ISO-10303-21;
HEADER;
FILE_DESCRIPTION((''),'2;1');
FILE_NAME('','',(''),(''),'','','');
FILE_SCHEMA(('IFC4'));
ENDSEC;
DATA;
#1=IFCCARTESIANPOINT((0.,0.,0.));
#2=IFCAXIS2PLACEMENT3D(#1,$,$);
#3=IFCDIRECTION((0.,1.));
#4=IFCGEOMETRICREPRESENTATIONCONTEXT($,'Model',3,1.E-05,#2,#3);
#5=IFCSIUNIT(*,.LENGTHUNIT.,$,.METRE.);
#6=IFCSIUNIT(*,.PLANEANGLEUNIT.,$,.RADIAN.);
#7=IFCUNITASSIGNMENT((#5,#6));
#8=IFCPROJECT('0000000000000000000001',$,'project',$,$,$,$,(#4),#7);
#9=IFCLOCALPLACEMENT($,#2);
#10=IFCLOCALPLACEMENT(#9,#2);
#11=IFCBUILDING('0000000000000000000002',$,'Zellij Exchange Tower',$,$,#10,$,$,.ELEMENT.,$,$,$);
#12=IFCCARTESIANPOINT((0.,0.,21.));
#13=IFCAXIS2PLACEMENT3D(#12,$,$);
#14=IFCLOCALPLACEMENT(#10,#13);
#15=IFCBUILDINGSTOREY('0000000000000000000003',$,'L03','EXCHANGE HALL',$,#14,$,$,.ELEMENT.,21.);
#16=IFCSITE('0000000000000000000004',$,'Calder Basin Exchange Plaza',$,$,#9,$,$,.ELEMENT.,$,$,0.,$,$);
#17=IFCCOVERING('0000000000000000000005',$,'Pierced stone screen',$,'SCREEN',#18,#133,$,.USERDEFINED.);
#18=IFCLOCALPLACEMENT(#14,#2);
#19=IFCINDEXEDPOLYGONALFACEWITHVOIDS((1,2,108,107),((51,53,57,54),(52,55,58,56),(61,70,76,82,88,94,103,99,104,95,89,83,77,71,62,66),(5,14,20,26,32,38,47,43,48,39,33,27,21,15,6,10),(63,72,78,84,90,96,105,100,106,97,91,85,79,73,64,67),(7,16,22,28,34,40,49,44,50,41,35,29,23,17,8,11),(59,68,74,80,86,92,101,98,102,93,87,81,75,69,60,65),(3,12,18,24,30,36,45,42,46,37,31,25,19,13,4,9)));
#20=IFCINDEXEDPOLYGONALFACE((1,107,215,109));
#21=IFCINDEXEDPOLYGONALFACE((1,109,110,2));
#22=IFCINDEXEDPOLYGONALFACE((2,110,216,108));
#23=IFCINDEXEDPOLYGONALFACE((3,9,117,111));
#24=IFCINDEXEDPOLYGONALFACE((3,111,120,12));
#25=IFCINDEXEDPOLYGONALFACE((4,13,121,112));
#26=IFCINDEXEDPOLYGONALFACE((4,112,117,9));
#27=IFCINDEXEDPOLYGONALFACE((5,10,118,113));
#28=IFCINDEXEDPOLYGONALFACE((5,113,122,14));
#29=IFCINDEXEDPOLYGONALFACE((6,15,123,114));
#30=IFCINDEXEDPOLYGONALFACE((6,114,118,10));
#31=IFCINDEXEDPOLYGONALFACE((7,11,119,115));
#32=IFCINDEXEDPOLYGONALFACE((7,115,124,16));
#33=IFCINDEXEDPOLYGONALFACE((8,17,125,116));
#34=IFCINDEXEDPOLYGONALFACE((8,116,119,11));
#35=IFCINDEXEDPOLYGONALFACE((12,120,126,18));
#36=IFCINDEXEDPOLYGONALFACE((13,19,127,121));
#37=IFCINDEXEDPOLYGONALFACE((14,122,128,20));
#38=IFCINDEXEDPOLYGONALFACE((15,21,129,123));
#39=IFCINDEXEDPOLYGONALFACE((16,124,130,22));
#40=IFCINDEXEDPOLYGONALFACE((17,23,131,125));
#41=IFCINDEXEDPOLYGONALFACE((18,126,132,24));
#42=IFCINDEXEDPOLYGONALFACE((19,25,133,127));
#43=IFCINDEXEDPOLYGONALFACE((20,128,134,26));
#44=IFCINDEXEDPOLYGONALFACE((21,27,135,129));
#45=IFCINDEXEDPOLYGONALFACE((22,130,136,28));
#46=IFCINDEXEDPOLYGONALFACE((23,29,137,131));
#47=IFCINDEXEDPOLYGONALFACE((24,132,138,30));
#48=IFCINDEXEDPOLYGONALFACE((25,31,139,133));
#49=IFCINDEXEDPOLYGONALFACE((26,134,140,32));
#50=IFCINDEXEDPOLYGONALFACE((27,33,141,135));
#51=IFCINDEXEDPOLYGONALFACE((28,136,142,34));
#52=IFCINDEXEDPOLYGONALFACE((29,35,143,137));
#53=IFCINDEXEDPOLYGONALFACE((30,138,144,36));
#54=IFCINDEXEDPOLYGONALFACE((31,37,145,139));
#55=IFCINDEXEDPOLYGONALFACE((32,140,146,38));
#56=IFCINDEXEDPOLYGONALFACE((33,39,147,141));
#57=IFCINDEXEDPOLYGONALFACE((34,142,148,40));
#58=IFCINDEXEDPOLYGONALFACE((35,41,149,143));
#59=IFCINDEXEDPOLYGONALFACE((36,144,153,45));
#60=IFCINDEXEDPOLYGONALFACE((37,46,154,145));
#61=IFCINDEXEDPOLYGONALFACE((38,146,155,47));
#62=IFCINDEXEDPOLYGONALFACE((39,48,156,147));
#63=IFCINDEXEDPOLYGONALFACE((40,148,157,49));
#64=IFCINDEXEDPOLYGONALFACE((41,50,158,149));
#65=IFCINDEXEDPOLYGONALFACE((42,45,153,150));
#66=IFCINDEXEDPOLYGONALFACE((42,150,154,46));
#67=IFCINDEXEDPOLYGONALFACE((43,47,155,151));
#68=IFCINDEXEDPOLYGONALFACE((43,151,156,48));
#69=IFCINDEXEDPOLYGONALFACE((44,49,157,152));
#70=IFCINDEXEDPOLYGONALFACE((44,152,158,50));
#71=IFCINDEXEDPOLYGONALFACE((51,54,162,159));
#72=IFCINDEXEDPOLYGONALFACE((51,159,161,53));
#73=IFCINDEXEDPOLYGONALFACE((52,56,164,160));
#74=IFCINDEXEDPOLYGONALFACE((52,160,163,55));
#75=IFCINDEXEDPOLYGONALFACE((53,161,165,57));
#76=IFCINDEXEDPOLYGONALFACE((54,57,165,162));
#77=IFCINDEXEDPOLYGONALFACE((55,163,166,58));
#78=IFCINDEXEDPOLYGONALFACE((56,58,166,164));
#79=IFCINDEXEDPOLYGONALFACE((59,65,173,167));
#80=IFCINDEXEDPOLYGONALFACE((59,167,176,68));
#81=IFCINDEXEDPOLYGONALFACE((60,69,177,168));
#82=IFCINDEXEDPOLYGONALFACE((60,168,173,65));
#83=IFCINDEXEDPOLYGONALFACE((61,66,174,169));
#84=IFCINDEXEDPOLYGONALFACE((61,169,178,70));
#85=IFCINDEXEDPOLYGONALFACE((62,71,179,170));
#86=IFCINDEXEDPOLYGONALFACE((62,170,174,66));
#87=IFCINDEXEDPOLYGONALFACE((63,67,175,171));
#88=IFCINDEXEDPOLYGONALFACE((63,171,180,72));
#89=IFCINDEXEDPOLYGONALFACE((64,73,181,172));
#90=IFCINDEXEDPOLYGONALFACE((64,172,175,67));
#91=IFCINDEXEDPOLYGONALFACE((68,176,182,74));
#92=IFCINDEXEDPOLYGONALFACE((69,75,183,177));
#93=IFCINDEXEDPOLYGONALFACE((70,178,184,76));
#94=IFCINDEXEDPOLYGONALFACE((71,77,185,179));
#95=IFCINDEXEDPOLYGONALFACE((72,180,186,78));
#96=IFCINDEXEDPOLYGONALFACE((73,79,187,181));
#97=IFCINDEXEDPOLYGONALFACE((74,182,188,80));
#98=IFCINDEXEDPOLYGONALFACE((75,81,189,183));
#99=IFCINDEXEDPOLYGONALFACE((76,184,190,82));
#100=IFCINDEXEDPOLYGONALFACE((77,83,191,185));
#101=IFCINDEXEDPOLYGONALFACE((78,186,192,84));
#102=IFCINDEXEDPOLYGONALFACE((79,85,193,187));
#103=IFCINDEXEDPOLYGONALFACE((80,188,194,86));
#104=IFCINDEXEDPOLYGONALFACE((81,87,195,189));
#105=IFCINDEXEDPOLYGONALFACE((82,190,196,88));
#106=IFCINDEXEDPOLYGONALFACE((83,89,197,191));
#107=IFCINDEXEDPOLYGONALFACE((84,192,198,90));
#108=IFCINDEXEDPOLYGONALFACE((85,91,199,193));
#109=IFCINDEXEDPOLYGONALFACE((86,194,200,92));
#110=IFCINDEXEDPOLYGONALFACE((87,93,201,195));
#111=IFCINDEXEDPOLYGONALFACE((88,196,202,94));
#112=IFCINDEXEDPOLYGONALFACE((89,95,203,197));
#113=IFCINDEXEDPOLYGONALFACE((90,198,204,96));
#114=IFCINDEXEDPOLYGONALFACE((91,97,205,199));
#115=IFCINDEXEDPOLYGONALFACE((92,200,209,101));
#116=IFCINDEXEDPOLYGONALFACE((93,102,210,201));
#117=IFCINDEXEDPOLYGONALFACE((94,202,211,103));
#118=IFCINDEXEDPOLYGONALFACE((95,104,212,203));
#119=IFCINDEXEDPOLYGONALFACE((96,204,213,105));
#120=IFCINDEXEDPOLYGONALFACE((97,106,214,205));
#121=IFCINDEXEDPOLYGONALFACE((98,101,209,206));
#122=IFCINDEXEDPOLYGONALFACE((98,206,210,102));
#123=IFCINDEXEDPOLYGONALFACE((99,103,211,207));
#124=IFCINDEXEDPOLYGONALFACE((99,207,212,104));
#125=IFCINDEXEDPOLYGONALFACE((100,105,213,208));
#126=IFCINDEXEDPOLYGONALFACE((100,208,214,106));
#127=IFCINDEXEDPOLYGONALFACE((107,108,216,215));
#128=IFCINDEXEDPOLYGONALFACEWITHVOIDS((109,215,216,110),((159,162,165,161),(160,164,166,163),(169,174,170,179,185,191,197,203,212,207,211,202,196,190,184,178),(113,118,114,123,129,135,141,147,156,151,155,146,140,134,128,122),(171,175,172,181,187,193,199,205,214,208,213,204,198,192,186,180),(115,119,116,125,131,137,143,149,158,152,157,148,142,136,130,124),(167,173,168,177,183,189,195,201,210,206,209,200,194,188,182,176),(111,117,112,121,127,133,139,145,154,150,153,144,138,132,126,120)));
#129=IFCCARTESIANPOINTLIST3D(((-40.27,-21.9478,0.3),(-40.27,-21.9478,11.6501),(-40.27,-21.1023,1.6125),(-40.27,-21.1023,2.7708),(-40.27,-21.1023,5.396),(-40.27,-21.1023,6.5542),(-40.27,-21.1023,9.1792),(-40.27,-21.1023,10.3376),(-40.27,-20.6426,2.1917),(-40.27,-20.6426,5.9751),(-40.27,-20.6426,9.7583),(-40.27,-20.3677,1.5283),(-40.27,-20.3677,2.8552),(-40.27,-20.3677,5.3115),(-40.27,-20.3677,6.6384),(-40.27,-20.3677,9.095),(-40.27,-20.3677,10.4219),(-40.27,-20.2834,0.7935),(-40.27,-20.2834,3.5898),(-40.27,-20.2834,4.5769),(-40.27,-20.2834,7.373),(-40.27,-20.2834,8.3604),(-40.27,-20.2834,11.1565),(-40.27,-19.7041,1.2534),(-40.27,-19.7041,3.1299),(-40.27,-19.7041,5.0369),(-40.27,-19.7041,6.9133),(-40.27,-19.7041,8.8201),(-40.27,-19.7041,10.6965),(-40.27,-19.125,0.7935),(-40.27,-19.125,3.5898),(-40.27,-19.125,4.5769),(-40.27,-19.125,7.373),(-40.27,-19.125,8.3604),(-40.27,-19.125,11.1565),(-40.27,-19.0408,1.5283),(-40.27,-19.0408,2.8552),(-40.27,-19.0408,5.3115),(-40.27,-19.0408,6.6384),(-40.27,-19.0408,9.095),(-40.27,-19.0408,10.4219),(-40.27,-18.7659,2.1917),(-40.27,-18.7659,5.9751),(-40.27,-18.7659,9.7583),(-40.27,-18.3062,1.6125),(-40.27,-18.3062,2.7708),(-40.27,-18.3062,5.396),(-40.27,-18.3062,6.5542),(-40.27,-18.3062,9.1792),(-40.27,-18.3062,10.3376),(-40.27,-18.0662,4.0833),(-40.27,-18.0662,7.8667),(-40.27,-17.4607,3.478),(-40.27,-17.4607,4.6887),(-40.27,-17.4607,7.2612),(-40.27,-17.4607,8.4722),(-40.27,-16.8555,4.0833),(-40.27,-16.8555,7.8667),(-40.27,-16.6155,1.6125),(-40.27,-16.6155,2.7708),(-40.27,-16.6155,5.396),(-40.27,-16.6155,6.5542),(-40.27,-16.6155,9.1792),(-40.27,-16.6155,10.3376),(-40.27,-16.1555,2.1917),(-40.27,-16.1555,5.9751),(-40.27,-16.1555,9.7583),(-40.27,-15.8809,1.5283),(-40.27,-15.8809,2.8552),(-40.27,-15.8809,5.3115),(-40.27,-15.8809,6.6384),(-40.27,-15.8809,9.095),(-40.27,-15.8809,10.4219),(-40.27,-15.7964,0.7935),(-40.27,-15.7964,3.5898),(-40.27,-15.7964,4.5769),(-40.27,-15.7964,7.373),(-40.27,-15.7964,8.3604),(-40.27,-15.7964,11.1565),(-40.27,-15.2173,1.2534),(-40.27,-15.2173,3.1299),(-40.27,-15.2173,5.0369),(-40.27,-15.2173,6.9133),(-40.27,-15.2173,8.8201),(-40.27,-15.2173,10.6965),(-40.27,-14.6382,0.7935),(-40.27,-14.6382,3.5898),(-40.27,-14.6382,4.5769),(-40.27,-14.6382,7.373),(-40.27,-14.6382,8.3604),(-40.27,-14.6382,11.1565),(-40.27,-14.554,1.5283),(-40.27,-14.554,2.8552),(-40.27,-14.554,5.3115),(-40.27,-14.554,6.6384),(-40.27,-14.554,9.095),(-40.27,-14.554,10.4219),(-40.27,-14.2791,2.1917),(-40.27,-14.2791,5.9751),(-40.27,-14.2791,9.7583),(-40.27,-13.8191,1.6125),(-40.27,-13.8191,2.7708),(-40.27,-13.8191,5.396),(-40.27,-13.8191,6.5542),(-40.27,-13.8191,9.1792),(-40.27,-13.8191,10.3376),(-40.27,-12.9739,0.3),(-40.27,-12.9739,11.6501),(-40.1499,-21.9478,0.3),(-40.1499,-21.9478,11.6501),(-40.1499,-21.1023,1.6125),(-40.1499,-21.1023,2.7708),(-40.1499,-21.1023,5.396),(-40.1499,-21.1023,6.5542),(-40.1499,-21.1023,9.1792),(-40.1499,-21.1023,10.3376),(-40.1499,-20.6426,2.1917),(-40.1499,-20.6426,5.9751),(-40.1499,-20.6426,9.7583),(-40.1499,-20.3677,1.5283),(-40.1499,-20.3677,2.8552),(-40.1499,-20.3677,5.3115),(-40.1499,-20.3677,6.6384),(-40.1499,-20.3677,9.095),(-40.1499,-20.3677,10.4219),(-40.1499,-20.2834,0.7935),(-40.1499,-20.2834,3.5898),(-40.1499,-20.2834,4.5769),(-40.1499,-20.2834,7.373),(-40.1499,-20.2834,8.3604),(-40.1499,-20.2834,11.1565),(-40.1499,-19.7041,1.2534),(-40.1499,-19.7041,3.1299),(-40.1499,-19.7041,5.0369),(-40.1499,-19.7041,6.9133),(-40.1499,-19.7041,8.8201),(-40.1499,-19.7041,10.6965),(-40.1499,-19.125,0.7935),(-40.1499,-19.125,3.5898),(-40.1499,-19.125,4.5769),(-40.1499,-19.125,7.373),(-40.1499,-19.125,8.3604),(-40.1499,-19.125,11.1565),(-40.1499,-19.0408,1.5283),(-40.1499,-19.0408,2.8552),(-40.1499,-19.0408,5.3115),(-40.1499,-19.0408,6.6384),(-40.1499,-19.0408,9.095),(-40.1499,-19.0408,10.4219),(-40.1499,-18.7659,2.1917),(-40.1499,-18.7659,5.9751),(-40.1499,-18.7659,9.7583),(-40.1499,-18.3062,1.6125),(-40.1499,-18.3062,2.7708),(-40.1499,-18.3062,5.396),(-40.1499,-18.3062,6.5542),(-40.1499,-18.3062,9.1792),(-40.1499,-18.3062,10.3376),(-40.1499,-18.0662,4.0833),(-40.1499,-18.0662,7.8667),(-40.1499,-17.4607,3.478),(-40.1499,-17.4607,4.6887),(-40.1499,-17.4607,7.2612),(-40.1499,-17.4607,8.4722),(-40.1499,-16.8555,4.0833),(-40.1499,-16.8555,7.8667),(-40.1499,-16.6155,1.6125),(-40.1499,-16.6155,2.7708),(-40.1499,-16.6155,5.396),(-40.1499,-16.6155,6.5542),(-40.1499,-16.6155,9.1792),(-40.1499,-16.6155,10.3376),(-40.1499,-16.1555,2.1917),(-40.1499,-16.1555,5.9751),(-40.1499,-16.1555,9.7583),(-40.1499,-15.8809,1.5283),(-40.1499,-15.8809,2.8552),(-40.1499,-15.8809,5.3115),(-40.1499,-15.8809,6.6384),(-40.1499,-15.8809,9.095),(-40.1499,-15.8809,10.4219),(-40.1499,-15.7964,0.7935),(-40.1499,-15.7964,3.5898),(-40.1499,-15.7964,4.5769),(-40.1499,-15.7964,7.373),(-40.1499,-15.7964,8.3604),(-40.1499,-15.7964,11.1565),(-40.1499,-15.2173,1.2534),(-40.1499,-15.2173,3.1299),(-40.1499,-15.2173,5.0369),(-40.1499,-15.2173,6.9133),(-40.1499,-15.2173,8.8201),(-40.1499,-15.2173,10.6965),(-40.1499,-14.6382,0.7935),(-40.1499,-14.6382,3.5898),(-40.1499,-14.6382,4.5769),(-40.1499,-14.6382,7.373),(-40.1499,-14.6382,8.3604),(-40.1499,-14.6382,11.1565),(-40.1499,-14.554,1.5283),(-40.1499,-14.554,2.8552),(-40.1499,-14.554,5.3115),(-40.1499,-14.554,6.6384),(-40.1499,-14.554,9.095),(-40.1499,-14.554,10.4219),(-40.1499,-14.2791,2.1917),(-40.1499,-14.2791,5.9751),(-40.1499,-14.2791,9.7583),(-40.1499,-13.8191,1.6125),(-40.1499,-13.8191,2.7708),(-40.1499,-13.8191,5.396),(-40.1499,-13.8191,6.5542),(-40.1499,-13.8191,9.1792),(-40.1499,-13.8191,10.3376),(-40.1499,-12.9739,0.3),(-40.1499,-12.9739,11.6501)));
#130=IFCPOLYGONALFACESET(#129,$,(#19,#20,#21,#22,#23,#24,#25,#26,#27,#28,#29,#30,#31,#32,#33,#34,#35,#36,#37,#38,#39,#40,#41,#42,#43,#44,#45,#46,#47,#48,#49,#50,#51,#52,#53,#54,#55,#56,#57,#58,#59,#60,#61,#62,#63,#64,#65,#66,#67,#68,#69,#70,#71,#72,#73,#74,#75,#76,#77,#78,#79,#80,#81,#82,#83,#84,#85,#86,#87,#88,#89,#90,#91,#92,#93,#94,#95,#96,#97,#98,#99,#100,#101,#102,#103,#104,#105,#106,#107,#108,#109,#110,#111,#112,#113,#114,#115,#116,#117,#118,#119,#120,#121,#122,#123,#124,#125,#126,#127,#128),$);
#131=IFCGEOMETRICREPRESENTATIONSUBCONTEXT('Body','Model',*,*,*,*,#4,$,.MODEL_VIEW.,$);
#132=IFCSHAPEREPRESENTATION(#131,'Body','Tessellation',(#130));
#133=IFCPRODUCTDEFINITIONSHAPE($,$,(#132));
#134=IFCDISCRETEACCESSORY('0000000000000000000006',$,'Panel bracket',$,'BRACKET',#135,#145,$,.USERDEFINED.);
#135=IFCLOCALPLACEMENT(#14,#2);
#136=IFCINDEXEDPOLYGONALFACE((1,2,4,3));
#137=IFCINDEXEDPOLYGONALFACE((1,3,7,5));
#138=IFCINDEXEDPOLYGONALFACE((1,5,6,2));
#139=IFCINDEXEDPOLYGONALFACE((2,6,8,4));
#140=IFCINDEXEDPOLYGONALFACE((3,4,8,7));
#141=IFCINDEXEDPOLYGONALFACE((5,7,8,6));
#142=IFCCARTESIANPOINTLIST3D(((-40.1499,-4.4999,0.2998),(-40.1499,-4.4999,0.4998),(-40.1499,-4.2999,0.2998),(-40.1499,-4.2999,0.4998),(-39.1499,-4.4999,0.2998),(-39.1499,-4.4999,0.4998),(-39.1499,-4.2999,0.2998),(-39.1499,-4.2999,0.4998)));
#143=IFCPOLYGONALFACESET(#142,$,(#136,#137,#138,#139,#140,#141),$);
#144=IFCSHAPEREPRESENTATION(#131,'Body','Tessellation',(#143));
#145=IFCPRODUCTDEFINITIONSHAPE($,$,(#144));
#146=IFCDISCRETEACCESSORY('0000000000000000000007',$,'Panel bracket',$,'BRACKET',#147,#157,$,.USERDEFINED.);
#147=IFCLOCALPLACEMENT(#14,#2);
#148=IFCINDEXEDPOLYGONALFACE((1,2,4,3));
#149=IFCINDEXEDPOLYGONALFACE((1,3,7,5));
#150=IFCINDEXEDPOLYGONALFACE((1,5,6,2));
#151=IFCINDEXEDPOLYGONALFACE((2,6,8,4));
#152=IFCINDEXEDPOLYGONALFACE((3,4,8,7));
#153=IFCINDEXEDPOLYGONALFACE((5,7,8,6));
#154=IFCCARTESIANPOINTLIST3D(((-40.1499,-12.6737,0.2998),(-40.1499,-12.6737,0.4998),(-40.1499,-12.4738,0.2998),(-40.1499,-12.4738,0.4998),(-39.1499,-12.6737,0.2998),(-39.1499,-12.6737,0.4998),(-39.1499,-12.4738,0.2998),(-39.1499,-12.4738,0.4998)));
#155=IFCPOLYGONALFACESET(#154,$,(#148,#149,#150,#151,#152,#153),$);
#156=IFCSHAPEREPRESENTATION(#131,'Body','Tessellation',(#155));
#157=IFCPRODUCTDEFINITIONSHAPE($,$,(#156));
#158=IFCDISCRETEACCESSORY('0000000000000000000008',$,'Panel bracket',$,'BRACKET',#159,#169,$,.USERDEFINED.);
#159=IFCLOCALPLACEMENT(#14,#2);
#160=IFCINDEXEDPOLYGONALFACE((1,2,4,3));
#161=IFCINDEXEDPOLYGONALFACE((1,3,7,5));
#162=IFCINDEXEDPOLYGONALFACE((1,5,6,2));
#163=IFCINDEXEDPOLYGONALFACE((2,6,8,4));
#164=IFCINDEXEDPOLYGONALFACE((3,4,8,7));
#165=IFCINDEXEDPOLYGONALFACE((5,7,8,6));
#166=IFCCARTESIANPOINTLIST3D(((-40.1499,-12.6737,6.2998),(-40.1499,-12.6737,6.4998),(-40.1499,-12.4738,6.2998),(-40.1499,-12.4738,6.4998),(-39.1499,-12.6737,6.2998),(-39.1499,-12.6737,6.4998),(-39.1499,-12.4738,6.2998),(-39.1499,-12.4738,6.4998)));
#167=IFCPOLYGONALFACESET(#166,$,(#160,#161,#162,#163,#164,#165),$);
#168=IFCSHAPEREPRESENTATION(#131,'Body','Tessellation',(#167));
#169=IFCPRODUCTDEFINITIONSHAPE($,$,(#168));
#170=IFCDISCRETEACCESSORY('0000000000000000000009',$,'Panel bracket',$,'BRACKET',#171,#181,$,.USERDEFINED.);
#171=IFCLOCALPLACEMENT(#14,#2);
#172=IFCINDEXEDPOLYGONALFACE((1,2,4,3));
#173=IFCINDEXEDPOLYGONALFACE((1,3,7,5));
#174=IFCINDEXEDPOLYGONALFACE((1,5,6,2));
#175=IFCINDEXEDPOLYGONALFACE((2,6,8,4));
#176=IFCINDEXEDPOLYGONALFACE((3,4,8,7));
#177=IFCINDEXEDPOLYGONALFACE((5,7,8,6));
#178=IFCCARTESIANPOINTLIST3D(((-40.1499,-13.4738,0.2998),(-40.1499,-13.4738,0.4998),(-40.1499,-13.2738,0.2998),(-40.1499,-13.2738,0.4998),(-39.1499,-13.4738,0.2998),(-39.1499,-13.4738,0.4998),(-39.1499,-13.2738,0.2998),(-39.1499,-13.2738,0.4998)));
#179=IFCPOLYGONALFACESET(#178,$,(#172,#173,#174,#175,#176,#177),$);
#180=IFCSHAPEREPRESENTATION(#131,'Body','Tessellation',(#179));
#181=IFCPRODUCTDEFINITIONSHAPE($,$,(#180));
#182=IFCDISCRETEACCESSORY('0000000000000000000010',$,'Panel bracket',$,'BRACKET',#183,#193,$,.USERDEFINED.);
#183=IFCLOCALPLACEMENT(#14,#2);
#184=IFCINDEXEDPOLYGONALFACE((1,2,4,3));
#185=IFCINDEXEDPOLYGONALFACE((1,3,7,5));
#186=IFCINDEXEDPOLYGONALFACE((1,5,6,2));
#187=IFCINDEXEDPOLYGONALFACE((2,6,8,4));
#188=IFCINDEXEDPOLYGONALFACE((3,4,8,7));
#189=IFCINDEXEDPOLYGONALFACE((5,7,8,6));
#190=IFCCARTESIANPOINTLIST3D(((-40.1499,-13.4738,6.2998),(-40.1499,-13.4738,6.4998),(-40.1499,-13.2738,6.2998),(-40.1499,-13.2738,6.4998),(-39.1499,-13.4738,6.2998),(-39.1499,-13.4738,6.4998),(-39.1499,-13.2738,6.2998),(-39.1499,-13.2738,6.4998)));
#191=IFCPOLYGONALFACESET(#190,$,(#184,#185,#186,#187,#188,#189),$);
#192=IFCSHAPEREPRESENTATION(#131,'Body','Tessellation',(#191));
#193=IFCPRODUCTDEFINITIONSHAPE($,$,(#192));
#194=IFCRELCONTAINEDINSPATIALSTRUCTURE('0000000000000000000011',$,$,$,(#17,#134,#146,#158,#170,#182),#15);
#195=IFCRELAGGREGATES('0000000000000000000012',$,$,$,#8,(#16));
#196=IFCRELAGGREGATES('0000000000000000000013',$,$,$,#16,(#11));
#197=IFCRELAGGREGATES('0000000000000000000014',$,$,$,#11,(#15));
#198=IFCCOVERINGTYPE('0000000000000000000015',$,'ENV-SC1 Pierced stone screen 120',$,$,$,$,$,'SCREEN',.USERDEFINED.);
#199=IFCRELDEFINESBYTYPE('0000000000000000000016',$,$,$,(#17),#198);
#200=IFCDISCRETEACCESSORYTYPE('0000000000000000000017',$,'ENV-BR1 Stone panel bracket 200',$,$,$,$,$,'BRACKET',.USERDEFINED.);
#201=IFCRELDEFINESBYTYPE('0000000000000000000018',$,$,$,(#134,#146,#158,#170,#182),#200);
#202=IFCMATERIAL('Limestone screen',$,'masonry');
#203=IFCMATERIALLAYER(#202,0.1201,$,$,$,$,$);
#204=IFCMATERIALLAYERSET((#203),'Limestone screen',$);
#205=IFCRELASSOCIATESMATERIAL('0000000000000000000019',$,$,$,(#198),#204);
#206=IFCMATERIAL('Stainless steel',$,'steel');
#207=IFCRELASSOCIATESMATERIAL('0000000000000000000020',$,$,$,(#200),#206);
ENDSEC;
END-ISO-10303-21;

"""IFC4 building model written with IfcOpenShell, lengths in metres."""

from ifc_helpers import new_model, si_unit, direction, frame, origin, origin_2d, place, context, subcontext, project, spatial, polyline, rectangle, outline, extrude, material, layer, layer_set, type_object, element, save


model = new_model("IFC4")

# Units and contexts
model_context = context("Model", 3, precision=1e-05, world=origin(), true_north=direction((0.0, 1.0)))
body_context = subcontext(model_context, "Body", "Model", "MODEL_VIEW")
ifc_project = project(units=[si_unit("LENGTHUNIT", "METRE"), si_unit("PLANEANGLEUNIT", "RADIAN")], contexts=[model_context])

# Site, building, storey
site_placement = place(None, origin())
site = spatial("IfcSite", under=ifc_project, at=site_placement, Name="Calder Basin Exchange Plaza", CompositionType="ELEMENT", RefElevation=0.0)
building_placement = place(site_placement, origin())
building = spatial("IfcBuilding", under=site, at=building_placement, Name="Zellij Exchange Tower", CompositionType="ELEMENT")
storey_placement = place(building_placement, frame((0.0, 0.0, 21.0)))
storey = spatial("IfcBuildingStorey", under=building, at=storey_placement, Name="L03", Description="EXCHANGE HALL", CompositionType="ELEMENT", Elevation=21.0)

# Covering
ifc_material_1 = material(Name="Limestone screen", Category="masonry")
ifc_layer_1 = layer(ifc_material_1, 0.1201)
ifc_layer_set_1 = layer_set([ifc_layer_1], Name="Limestone screen")
covering_type = type_object("IfcCoveringType", Name="ENV-SC1 Pierced stone screen 120", ElementType="SCREEN", PredefinedType="USERDEFINED", material=ifc_layer_set_1)
covering_placement = place(storey_placement, frame((-40.21, -12.9739, 0.3), z_axis=(0.0, 0.0, 1.0), x_axis=(0.0, -1.0, 0.0)))
element("IfcCovering", 1, at=covering_placement, inside=storey, type_object=covering_type, Name="Pierced stone screen", ObjectType="SCREEN", PredefinedType="USERDEFINED", context=body_context, shape_type="SweptSolid", body=[
    extrude(outline(polyline([(0.0, 0.0), (8.9739, 0.0), (8.9739, 11.3501), (0.0, 11.3501), (0.0, 0.0)]), holes=[polyline([(3.6416, 2.4707), (2.907, 2.5552), (2.8225, 3.2898), (2.2434, 2.8298), (1.6643, 3.2898), (1.5801, 2.5552), (0.8452, 2.4707), (1.3052, 1.8916), (0.8452, 1.3125), (1.5801, 1.2283), (1.6643, 0.4934), (2.2434, 0.9534), (2.8225, 0.4934), (2.907, 1.2283), (3.6416, 1.3125), (3.1816, 1.8916), (3.6416, 2.4707)]), polyline([(3.6416, 6.2542), (2.907, 6.3384), (2.8225, 7.073), (2.2434, 6.6133), (1.6643, 7.073), (1.5801, 6.3384), (0.8452, 6.2542), (1.3052, 5.675), (0.8452, 5.0959), (1.5801, 5.0115), (1.6643, 4.2769), (2.2434, 4.7368), (2.8225, 4.2769), (2.907, 5.0115), (3.6416, 5.0959), (3.1816, 5.675), (3.6416, 6.2542)]), polyline([(3.6416, 10.0376), (2.907, 10.1218), (2.8225, 10.8564), (2.2434, 10.3965), (1.6643, 10.8564), (1.5801, 10.1218), (0.8452, 10.0376), (1.3052, 9.4583), (0.8452, 8.8792), (1.5801, 8.7949), (1.6643, 8.0603), (2.2434, 8.52), (2.8225, 8.0603), (2.907, 8.7949), (3.6416, 8.8792), (3.1816, 9.4583), (3.6416, 10.0376)]), polyline([(8.1284, 2.4707), (7.3938, 2.5552), (7.3096, 3.2898), (6.7302, 2.8298), (6.1511, 3.2898), (6.0669, 2.5552), (5.3323, 2.4707), (5.792, 1.8916), (5.3323, 1.3125), (6.0669, 1.2283), (6.1511, 0.4934), (6.7302, 0.9534), (7.3096, 0.4934), (7.3938, 1.2283), (8.1284, 1.3125), (7.6687, 1.8916), (8.1284, 2.4707)]), polyline([(8.1284, 6.2542), (7.3938, 6.3384), (7.3096, 7.073), (6.7302, 6.6133), (6.1511, 7.073), (6.0669, 6.3384), (5.3323, 6.2542), (5.792, 5.675), (5.3323, 5.0959), (6.0669, 5.0115), (6.1511, 4.2769), (6.7302, 4.7368), (7.3096, 4.2769), (7.3938, 5.0115), (8.1284, 5.0959), (7.6687, 5.675), (8.1284, 6.2542)]), polyline([(8.1284, 10.0376), (7.3938, 10.1218), (7.3096, 10.8564), (6.7302, 10.3965), (6.1511, 10.8564), (6.0669, 10.1218), (5.3323, 10.0376), (5.792, 9.4583), (5.3323, 8.8792), (6.0669, 8.7949), (6.1511, 8.0603), (6.7302, 8.52), (7.3096, 8.0603), (7.3938, 8.7949), (8.1284, 8.8792), (7.6687, 9.4583), (8.1284, 10.0376)]), polyline([(5.0923, 3.7832), (4.4868, 4.3887), (3.8816, 3.7832), (4.4868, 3.178), (5.0923, 3.7832)]), polyline([(5.0923, 7.5667), (4.4868, 8.1721), (3.8816, 7.5667), (4.4868, 6.9612), (5.0923, 7.5667)])]), frame((0.0, 0.0601, 0.0), z_axis=(0.0, -1.0, 0.0), x_axis=(1.0, 0.0, 0.0)), (0.0, 0.0, 1.0), 0.1201),
])

# Discrete accessories
ifc_material_2 = material(Name="Stainless steel", Category="steel")
discrete_accessory_type = type_object("IfcDiscreteAccessoryType", Name="ENV-BR1 Stone panel bracket 200", ElementType="BRACKET", PredefinedType="USERDEFINED", material=ifc_material_2)
for number, where, z_axis, x_axis, name in (
    (2, (-39.6499, -4.3999, 0.2998), (0.0, 0.0, 1.0), (0.0, -1.0, 0.0), "Panel bracket"),
    (3, (-39.6499, -12.5737, 0.2998), (0.0, 0.0, 1.0), (0.0, -1.0, 0.0), "Panel bracket"),
    (4, (-39.6499, -12.5737, 6.2998), (0.0, 0.0, 1.0), (0.0, -1.0, 0.0), "Panel bracket"),
    (5, (-39.6499, -13.3738, 0.2998), (0.0, 0.0, 1.0), (0.0, -1.0, 0.0), "Panel bracket"),
    (6, (-39.6499, -13.3738, 6.2998), (0.0, 0.0, 1.0), (0.0, -1.0, 0.0), "Panel bracket"),
):
    element("IfcDiscreteAccessory", number, at=place(storey_placement, frame(where, z_axis=z_axis, x_axis=x_axis)), inside=storey, type_object=discrete_accessory_type, Name=name, ObjectType="BRACKET", PredefinedType="USERDEFINED", context=body_context, shape_type="SweptSolid", body=[
        extrude(rectangle(XDim=0.2, YDim=1.0, at=origin_2d()), origin(), (0.0, 0.0, 1.0), 0.2),
    ])

save(model, "model.ifc")
